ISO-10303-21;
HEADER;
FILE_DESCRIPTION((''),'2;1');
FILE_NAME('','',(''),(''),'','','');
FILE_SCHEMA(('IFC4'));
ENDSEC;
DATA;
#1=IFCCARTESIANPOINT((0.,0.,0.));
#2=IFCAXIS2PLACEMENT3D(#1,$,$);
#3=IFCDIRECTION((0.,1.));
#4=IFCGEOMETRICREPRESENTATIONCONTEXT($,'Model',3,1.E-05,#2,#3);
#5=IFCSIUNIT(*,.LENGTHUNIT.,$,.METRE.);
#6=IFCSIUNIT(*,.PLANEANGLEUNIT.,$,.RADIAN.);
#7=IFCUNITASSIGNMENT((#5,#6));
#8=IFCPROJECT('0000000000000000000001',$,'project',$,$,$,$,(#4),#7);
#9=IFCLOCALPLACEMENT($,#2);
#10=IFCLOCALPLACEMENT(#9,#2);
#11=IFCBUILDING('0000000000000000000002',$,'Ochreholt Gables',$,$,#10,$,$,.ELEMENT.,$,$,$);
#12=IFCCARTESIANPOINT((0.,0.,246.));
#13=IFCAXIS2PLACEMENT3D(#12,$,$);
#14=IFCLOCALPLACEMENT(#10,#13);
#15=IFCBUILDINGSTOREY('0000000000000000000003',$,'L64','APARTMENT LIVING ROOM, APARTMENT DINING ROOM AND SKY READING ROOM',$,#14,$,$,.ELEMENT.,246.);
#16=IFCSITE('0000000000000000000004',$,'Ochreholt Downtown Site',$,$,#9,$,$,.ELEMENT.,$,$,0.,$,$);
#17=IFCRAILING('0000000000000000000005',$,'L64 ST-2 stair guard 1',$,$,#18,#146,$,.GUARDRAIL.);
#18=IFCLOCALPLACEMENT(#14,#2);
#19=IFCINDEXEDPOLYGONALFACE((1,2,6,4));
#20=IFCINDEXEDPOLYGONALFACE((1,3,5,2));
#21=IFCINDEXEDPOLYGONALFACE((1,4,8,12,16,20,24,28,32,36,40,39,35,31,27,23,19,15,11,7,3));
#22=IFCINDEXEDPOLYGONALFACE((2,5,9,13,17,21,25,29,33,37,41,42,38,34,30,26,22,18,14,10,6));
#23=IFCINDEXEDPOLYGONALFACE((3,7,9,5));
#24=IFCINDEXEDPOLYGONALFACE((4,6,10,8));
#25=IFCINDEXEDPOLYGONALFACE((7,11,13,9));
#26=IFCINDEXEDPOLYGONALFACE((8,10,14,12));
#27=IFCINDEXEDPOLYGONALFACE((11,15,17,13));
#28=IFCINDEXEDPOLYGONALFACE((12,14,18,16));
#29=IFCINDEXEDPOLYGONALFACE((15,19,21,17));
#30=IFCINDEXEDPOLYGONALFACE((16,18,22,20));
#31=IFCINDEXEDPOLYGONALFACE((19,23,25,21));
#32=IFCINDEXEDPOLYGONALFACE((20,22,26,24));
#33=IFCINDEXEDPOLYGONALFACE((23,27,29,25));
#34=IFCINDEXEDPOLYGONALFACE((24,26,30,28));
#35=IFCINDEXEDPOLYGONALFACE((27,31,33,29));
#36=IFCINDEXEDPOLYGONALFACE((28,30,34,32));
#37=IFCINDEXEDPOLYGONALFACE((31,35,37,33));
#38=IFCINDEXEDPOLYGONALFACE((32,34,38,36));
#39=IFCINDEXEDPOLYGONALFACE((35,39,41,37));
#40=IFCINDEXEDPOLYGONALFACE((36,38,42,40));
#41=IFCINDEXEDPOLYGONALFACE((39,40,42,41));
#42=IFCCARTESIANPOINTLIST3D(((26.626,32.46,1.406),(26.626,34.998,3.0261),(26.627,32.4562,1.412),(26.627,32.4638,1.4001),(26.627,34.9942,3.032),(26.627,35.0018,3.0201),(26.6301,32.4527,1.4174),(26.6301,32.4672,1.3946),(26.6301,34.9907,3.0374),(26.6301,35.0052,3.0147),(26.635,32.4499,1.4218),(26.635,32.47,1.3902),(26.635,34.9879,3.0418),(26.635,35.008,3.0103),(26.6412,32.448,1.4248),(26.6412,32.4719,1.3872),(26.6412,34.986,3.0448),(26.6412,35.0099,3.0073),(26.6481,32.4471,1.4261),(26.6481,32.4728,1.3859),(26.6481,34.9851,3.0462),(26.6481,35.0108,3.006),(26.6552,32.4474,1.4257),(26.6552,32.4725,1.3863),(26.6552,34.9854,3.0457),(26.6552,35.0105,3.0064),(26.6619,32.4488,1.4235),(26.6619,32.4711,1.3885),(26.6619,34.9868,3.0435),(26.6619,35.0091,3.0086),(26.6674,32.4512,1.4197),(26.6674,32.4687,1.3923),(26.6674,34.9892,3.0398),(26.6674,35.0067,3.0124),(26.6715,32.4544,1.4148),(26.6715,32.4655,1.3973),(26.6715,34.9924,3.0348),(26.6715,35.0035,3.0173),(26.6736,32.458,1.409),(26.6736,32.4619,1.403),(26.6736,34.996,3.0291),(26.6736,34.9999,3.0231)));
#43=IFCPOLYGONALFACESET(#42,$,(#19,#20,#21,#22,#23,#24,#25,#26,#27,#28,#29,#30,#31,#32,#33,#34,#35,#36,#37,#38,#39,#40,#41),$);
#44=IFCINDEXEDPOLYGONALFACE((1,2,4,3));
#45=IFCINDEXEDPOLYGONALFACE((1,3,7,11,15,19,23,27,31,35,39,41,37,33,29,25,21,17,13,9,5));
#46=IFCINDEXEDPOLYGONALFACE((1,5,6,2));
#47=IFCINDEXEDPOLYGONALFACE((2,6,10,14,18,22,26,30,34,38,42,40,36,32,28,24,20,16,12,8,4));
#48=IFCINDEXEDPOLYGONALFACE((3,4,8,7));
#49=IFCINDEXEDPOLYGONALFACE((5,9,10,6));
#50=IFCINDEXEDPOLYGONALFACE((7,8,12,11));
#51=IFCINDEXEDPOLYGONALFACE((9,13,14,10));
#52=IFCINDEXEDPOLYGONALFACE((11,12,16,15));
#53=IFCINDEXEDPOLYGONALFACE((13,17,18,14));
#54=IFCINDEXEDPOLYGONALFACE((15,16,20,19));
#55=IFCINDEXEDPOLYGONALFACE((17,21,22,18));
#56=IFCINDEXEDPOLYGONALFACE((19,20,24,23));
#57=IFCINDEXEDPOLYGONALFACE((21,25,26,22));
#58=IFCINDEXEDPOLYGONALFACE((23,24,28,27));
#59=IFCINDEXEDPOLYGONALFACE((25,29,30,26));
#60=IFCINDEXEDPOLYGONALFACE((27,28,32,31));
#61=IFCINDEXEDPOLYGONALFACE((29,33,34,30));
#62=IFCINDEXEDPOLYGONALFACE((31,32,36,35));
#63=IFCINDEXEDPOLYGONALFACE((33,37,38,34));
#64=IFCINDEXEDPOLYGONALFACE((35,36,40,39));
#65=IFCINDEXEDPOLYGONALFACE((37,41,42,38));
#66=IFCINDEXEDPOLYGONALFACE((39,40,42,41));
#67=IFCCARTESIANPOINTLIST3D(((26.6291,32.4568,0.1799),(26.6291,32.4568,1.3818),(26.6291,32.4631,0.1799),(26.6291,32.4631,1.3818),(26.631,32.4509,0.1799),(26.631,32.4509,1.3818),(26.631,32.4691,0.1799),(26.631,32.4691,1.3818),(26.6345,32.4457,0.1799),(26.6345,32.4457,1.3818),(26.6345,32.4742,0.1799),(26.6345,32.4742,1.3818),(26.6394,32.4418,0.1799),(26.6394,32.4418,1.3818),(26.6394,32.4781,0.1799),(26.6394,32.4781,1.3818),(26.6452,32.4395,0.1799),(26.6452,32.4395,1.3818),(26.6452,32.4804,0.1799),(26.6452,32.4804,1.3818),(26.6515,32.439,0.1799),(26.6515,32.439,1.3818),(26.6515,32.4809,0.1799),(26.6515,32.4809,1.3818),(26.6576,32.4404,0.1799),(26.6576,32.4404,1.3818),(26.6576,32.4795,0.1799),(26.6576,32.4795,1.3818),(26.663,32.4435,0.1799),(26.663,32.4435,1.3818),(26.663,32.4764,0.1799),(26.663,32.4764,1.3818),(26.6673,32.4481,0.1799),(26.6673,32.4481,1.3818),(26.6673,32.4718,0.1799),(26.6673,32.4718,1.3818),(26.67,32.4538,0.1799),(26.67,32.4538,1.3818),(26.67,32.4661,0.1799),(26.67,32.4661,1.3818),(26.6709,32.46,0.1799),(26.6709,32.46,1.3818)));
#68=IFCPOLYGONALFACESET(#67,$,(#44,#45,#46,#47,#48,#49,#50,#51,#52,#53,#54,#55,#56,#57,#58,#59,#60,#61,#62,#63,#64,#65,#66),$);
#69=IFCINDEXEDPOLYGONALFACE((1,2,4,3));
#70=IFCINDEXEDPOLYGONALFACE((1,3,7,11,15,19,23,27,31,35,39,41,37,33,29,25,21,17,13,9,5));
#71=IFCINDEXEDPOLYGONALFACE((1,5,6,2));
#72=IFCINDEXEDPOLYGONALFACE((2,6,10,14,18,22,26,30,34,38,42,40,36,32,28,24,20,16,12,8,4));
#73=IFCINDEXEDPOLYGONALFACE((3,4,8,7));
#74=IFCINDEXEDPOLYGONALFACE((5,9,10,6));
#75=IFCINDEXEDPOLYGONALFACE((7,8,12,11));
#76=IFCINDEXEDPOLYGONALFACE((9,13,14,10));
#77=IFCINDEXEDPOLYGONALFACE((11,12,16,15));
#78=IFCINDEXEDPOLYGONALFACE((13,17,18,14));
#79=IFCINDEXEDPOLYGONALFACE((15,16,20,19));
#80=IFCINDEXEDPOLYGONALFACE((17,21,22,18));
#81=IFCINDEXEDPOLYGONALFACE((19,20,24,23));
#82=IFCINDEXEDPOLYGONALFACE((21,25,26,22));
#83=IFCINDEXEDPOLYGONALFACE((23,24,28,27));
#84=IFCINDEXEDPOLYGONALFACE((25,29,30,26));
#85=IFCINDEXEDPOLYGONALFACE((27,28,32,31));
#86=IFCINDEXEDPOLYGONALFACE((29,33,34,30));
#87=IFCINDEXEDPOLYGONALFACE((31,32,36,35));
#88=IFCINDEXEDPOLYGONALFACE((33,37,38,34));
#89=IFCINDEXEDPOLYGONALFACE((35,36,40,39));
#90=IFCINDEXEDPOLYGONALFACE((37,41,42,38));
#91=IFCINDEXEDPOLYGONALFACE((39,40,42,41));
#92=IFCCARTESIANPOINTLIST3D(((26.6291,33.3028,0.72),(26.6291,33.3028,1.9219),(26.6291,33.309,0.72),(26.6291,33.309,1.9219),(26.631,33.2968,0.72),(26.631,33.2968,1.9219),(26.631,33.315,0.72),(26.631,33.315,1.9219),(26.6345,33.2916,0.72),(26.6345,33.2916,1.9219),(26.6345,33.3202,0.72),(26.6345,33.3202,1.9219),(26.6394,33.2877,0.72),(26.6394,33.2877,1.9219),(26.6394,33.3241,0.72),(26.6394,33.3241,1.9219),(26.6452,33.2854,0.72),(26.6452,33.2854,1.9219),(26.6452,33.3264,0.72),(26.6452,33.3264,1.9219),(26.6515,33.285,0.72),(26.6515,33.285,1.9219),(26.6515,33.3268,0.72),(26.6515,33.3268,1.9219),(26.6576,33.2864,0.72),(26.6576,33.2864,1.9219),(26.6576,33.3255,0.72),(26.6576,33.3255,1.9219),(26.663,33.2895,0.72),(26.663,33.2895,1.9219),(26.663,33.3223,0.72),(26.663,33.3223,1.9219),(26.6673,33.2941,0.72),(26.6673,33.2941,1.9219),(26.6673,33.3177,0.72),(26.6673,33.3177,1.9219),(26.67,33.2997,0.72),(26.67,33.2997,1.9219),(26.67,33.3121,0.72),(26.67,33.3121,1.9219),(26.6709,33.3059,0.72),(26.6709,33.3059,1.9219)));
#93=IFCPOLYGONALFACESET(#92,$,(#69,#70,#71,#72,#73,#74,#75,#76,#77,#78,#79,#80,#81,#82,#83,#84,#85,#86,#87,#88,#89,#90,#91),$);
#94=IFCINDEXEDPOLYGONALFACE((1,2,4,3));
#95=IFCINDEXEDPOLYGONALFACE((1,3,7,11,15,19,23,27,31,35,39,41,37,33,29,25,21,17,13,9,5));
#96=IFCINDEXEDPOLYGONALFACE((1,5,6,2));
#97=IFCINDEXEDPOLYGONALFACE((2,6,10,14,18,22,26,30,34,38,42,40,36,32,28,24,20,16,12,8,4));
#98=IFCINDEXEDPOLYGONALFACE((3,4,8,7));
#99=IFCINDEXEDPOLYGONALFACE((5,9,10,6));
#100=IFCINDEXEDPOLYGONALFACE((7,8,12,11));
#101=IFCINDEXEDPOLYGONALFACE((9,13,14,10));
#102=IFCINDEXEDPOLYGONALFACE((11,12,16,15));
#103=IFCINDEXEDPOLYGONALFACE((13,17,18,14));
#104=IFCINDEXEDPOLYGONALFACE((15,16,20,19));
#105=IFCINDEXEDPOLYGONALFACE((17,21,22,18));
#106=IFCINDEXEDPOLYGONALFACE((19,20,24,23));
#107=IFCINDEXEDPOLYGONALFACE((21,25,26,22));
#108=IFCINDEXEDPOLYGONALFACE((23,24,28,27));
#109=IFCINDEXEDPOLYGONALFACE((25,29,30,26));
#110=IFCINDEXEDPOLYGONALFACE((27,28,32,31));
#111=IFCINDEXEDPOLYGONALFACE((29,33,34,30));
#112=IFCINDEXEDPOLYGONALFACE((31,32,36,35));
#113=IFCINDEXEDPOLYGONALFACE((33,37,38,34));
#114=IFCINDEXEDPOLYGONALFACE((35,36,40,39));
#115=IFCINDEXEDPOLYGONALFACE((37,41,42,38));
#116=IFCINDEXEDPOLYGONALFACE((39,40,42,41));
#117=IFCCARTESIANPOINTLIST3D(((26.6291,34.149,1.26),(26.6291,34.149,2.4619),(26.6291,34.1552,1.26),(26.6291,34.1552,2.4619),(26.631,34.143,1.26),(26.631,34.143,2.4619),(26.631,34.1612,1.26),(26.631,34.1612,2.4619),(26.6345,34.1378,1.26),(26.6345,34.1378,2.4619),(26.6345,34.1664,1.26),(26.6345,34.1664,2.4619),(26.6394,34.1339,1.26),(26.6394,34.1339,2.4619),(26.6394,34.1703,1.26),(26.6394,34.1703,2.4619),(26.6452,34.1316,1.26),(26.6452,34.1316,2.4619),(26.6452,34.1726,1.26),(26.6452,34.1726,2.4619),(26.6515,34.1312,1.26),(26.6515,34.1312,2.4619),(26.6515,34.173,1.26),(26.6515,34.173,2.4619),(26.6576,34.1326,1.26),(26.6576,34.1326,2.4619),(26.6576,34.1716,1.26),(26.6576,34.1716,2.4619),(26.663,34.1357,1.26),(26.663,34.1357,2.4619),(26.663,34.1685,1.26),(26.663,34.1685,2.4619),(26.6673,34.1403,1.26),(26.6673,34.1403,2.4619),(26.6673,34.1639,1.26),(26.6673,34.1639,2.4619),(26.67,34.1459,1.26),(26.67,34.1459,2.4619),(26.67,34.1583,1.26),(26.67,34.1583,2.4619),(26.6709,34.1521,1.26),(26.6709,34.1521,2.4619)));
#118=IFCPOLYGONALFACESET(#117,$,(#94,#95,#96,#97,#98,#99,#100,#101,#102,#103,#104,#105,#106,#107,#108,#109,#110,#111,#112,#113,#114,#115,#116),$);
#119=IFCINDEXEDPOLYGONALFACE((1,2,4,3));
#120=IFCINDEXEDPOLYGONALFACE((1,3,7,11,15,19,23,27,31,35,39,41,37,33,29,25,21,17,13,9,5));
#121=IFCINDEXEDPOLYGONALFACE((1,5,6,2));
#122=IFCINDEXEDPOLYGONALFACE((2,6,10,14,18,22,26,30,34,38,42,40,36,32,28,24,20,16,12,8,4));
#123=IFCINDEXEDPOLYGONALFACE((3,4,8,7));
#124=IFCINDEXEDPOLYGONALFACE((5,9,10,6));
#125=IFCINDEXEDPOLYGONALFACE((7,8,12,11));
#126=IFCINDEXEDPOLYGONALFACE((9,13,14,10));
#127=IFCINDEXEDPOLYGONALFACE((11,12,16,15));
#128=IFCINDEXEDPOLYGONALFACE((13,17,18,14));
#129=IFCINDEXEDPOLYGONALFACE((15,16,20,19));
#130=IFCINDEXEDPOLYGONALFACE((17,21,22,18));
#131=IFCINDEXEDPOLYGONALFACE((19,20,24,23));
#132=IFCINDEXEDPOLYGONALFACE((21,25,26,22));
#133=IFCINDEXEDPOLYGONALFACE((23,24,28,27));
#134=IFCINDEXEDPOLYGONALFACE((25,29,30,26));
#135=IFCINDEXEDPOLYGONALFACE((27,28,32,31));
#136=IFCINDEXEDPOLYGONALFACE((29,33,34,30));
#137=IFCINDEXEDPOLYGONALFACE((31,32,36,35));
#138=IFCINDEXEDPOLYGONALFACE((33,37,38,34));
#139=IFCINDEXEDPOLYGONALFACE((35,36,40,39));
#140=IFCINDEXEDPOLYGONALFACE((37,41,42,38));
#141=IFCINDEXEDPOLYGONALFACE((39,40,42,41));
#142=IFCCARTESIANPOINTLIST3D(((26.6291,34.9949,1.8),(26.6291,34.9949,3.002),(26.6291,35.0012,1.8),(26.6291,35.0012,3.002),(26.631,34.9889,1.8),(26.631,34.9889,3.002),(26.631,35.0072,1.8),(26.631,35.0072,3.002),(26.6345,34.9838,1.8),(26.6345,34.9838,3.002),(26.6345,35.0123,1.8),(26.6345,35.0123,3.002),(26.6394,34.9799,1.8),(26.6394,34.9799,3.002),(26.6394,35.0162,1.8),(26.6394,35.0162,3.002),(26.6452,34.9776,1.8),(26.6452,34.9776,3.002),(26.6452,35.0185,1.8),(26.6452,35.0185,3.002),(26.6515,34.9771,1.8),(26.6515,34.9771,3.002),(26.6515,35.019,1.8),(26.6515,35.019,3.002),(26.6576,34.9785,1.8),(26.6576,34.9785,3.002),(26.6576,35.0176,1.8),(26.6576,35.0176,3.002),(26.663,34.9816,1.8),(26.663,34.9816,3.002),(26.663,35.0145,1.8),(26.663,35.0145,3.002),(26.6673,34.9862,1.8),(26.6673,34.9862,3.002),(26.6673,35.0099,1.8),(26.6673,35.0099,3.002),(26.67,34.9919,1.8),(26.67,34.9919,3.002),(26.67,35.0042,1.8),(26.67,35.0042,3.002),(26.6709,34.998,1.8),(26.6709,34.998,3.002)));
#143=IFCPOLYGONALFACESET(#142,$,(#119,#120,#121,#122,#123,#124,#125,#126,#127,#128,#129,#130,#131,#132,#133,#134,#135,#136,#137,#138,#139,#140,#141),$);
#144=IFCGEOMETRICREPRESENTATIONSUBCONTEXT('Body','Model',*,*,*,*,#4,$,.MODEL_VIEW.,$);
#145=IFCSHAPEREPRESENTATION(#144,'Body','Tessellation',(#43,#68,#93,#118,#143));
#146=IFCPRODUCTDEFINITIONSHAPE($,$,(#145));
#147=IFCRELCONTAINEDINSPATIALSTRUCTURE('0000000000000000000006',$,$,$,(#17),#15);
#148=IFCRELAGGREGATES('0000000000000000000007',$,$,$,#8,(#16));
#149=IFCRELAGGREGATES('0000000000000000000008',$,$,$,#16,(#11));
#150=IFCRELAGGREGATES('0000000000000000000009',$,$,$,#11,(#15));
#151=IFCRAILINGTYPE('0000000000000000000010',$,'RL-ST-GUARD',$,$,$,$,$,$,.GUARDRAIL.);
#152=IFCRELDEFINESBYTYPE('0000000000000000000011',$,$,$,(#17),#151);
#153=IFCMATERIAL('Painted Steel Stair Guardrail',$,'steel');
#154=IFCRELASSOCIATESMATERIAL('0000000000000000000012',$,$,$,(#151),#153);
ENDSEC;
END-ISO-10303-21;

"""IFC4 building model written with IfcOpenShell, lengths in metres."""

from ifc_helpers import new_model, si_unit, direction, frame, origin, origin_2d, place, context, subcontext, project, spatial, circle, extrude, material, type_object, element, save


model = new_model("IFC4")

# Units and contexts
model_context = context("Model", 3, precision=1e-05, world=origin(), true_north=direction((0.0, 1.0)))
body_context = subcontext(model_context, "Body", "Model", "MODEL_VIEW")
ifc_project = project(units=[si_unit("LENGTHUNIT", "METRE"), si_unit("PLANEANGLEUNIT", "RADIAN")], contexts=[model_context])

# Site, building, storey
site_placement = place(None, origin())
site = spatial("IfcSite", under=ifc_project, at=site_placement, Name="Ochreholt Downtown Site", CompositionType="ELEMENT", RefElevation=0.0)
building_placement = place(site_placement, origin())
building = spatial("IfcBuilding", under=site, at=building_placement, Name="Ochreholt Gables", CompositionType="ELEMENT")
storey_placement = place(building_placement, frame((0.0, 0.0, 246.0)))
storey = spatial("IfcBuildingStorey", under=building, at=storey_placement, Name="L64", Description="APARTMENT LIVING ROOM, APARTMENT DINING ROOM AND SKY READING ROOM", CompositionType="ELEMENT", Elevation=246.0)

# Railing
ifc_material_1 = material(Name="Painted Steel Stair Guardrail", Category="steel")
railing_type_1 = type_object("IfcRailingType", Name="RL-ST-GUARD", PredefinedType="GUARDRAIL", material=ifc_material_1)
railing_1_placement = place(storey_placement, frame((26.6499, 32.46, 0.1799)))
element("IfcRailing", 1, at=railing_1_placement, inside=storey, type_object=railing_type_1, Name="L64 ST-2 stair guard 1", PredefinedType="GUARDRAIL", context=body_context, shape_type="SweptSolid", body=[
    extrude(circle(Radius=0.0239, at=origin_2d()), frame((0.0, 0.0, 1.2261), z_axis=(0.0, 0.842913, 0.53805), x_axis=(-1.0, 0.0, 0.0)), (0.0, 0.0, 1.0), 3.011),
    extrude(circle(Radius=0.021, at=origin_2d()), origin(), (0.0, 0.0, 1.0), 1.2019),
    extrude(circle(Radius=0.021, at=origin_2d()), frame((0.0, 0.8459, 0.54)), (0.0, 0.0, 1.0), 1.2019),
    extrude(circle(Radius=0.021, at=origin_2d()), frame((0.0, 1.6921, 1.0801)), (0.0, 0.0, 1.0), 1.2019),
    extrude(circle(Radius=0.021, at=origin_2d()), frame((0.0, 2.5381, 1.6201)), (0.0, 0.0, 1.0), 1.2019),
])

save(model, "model.ifc")
